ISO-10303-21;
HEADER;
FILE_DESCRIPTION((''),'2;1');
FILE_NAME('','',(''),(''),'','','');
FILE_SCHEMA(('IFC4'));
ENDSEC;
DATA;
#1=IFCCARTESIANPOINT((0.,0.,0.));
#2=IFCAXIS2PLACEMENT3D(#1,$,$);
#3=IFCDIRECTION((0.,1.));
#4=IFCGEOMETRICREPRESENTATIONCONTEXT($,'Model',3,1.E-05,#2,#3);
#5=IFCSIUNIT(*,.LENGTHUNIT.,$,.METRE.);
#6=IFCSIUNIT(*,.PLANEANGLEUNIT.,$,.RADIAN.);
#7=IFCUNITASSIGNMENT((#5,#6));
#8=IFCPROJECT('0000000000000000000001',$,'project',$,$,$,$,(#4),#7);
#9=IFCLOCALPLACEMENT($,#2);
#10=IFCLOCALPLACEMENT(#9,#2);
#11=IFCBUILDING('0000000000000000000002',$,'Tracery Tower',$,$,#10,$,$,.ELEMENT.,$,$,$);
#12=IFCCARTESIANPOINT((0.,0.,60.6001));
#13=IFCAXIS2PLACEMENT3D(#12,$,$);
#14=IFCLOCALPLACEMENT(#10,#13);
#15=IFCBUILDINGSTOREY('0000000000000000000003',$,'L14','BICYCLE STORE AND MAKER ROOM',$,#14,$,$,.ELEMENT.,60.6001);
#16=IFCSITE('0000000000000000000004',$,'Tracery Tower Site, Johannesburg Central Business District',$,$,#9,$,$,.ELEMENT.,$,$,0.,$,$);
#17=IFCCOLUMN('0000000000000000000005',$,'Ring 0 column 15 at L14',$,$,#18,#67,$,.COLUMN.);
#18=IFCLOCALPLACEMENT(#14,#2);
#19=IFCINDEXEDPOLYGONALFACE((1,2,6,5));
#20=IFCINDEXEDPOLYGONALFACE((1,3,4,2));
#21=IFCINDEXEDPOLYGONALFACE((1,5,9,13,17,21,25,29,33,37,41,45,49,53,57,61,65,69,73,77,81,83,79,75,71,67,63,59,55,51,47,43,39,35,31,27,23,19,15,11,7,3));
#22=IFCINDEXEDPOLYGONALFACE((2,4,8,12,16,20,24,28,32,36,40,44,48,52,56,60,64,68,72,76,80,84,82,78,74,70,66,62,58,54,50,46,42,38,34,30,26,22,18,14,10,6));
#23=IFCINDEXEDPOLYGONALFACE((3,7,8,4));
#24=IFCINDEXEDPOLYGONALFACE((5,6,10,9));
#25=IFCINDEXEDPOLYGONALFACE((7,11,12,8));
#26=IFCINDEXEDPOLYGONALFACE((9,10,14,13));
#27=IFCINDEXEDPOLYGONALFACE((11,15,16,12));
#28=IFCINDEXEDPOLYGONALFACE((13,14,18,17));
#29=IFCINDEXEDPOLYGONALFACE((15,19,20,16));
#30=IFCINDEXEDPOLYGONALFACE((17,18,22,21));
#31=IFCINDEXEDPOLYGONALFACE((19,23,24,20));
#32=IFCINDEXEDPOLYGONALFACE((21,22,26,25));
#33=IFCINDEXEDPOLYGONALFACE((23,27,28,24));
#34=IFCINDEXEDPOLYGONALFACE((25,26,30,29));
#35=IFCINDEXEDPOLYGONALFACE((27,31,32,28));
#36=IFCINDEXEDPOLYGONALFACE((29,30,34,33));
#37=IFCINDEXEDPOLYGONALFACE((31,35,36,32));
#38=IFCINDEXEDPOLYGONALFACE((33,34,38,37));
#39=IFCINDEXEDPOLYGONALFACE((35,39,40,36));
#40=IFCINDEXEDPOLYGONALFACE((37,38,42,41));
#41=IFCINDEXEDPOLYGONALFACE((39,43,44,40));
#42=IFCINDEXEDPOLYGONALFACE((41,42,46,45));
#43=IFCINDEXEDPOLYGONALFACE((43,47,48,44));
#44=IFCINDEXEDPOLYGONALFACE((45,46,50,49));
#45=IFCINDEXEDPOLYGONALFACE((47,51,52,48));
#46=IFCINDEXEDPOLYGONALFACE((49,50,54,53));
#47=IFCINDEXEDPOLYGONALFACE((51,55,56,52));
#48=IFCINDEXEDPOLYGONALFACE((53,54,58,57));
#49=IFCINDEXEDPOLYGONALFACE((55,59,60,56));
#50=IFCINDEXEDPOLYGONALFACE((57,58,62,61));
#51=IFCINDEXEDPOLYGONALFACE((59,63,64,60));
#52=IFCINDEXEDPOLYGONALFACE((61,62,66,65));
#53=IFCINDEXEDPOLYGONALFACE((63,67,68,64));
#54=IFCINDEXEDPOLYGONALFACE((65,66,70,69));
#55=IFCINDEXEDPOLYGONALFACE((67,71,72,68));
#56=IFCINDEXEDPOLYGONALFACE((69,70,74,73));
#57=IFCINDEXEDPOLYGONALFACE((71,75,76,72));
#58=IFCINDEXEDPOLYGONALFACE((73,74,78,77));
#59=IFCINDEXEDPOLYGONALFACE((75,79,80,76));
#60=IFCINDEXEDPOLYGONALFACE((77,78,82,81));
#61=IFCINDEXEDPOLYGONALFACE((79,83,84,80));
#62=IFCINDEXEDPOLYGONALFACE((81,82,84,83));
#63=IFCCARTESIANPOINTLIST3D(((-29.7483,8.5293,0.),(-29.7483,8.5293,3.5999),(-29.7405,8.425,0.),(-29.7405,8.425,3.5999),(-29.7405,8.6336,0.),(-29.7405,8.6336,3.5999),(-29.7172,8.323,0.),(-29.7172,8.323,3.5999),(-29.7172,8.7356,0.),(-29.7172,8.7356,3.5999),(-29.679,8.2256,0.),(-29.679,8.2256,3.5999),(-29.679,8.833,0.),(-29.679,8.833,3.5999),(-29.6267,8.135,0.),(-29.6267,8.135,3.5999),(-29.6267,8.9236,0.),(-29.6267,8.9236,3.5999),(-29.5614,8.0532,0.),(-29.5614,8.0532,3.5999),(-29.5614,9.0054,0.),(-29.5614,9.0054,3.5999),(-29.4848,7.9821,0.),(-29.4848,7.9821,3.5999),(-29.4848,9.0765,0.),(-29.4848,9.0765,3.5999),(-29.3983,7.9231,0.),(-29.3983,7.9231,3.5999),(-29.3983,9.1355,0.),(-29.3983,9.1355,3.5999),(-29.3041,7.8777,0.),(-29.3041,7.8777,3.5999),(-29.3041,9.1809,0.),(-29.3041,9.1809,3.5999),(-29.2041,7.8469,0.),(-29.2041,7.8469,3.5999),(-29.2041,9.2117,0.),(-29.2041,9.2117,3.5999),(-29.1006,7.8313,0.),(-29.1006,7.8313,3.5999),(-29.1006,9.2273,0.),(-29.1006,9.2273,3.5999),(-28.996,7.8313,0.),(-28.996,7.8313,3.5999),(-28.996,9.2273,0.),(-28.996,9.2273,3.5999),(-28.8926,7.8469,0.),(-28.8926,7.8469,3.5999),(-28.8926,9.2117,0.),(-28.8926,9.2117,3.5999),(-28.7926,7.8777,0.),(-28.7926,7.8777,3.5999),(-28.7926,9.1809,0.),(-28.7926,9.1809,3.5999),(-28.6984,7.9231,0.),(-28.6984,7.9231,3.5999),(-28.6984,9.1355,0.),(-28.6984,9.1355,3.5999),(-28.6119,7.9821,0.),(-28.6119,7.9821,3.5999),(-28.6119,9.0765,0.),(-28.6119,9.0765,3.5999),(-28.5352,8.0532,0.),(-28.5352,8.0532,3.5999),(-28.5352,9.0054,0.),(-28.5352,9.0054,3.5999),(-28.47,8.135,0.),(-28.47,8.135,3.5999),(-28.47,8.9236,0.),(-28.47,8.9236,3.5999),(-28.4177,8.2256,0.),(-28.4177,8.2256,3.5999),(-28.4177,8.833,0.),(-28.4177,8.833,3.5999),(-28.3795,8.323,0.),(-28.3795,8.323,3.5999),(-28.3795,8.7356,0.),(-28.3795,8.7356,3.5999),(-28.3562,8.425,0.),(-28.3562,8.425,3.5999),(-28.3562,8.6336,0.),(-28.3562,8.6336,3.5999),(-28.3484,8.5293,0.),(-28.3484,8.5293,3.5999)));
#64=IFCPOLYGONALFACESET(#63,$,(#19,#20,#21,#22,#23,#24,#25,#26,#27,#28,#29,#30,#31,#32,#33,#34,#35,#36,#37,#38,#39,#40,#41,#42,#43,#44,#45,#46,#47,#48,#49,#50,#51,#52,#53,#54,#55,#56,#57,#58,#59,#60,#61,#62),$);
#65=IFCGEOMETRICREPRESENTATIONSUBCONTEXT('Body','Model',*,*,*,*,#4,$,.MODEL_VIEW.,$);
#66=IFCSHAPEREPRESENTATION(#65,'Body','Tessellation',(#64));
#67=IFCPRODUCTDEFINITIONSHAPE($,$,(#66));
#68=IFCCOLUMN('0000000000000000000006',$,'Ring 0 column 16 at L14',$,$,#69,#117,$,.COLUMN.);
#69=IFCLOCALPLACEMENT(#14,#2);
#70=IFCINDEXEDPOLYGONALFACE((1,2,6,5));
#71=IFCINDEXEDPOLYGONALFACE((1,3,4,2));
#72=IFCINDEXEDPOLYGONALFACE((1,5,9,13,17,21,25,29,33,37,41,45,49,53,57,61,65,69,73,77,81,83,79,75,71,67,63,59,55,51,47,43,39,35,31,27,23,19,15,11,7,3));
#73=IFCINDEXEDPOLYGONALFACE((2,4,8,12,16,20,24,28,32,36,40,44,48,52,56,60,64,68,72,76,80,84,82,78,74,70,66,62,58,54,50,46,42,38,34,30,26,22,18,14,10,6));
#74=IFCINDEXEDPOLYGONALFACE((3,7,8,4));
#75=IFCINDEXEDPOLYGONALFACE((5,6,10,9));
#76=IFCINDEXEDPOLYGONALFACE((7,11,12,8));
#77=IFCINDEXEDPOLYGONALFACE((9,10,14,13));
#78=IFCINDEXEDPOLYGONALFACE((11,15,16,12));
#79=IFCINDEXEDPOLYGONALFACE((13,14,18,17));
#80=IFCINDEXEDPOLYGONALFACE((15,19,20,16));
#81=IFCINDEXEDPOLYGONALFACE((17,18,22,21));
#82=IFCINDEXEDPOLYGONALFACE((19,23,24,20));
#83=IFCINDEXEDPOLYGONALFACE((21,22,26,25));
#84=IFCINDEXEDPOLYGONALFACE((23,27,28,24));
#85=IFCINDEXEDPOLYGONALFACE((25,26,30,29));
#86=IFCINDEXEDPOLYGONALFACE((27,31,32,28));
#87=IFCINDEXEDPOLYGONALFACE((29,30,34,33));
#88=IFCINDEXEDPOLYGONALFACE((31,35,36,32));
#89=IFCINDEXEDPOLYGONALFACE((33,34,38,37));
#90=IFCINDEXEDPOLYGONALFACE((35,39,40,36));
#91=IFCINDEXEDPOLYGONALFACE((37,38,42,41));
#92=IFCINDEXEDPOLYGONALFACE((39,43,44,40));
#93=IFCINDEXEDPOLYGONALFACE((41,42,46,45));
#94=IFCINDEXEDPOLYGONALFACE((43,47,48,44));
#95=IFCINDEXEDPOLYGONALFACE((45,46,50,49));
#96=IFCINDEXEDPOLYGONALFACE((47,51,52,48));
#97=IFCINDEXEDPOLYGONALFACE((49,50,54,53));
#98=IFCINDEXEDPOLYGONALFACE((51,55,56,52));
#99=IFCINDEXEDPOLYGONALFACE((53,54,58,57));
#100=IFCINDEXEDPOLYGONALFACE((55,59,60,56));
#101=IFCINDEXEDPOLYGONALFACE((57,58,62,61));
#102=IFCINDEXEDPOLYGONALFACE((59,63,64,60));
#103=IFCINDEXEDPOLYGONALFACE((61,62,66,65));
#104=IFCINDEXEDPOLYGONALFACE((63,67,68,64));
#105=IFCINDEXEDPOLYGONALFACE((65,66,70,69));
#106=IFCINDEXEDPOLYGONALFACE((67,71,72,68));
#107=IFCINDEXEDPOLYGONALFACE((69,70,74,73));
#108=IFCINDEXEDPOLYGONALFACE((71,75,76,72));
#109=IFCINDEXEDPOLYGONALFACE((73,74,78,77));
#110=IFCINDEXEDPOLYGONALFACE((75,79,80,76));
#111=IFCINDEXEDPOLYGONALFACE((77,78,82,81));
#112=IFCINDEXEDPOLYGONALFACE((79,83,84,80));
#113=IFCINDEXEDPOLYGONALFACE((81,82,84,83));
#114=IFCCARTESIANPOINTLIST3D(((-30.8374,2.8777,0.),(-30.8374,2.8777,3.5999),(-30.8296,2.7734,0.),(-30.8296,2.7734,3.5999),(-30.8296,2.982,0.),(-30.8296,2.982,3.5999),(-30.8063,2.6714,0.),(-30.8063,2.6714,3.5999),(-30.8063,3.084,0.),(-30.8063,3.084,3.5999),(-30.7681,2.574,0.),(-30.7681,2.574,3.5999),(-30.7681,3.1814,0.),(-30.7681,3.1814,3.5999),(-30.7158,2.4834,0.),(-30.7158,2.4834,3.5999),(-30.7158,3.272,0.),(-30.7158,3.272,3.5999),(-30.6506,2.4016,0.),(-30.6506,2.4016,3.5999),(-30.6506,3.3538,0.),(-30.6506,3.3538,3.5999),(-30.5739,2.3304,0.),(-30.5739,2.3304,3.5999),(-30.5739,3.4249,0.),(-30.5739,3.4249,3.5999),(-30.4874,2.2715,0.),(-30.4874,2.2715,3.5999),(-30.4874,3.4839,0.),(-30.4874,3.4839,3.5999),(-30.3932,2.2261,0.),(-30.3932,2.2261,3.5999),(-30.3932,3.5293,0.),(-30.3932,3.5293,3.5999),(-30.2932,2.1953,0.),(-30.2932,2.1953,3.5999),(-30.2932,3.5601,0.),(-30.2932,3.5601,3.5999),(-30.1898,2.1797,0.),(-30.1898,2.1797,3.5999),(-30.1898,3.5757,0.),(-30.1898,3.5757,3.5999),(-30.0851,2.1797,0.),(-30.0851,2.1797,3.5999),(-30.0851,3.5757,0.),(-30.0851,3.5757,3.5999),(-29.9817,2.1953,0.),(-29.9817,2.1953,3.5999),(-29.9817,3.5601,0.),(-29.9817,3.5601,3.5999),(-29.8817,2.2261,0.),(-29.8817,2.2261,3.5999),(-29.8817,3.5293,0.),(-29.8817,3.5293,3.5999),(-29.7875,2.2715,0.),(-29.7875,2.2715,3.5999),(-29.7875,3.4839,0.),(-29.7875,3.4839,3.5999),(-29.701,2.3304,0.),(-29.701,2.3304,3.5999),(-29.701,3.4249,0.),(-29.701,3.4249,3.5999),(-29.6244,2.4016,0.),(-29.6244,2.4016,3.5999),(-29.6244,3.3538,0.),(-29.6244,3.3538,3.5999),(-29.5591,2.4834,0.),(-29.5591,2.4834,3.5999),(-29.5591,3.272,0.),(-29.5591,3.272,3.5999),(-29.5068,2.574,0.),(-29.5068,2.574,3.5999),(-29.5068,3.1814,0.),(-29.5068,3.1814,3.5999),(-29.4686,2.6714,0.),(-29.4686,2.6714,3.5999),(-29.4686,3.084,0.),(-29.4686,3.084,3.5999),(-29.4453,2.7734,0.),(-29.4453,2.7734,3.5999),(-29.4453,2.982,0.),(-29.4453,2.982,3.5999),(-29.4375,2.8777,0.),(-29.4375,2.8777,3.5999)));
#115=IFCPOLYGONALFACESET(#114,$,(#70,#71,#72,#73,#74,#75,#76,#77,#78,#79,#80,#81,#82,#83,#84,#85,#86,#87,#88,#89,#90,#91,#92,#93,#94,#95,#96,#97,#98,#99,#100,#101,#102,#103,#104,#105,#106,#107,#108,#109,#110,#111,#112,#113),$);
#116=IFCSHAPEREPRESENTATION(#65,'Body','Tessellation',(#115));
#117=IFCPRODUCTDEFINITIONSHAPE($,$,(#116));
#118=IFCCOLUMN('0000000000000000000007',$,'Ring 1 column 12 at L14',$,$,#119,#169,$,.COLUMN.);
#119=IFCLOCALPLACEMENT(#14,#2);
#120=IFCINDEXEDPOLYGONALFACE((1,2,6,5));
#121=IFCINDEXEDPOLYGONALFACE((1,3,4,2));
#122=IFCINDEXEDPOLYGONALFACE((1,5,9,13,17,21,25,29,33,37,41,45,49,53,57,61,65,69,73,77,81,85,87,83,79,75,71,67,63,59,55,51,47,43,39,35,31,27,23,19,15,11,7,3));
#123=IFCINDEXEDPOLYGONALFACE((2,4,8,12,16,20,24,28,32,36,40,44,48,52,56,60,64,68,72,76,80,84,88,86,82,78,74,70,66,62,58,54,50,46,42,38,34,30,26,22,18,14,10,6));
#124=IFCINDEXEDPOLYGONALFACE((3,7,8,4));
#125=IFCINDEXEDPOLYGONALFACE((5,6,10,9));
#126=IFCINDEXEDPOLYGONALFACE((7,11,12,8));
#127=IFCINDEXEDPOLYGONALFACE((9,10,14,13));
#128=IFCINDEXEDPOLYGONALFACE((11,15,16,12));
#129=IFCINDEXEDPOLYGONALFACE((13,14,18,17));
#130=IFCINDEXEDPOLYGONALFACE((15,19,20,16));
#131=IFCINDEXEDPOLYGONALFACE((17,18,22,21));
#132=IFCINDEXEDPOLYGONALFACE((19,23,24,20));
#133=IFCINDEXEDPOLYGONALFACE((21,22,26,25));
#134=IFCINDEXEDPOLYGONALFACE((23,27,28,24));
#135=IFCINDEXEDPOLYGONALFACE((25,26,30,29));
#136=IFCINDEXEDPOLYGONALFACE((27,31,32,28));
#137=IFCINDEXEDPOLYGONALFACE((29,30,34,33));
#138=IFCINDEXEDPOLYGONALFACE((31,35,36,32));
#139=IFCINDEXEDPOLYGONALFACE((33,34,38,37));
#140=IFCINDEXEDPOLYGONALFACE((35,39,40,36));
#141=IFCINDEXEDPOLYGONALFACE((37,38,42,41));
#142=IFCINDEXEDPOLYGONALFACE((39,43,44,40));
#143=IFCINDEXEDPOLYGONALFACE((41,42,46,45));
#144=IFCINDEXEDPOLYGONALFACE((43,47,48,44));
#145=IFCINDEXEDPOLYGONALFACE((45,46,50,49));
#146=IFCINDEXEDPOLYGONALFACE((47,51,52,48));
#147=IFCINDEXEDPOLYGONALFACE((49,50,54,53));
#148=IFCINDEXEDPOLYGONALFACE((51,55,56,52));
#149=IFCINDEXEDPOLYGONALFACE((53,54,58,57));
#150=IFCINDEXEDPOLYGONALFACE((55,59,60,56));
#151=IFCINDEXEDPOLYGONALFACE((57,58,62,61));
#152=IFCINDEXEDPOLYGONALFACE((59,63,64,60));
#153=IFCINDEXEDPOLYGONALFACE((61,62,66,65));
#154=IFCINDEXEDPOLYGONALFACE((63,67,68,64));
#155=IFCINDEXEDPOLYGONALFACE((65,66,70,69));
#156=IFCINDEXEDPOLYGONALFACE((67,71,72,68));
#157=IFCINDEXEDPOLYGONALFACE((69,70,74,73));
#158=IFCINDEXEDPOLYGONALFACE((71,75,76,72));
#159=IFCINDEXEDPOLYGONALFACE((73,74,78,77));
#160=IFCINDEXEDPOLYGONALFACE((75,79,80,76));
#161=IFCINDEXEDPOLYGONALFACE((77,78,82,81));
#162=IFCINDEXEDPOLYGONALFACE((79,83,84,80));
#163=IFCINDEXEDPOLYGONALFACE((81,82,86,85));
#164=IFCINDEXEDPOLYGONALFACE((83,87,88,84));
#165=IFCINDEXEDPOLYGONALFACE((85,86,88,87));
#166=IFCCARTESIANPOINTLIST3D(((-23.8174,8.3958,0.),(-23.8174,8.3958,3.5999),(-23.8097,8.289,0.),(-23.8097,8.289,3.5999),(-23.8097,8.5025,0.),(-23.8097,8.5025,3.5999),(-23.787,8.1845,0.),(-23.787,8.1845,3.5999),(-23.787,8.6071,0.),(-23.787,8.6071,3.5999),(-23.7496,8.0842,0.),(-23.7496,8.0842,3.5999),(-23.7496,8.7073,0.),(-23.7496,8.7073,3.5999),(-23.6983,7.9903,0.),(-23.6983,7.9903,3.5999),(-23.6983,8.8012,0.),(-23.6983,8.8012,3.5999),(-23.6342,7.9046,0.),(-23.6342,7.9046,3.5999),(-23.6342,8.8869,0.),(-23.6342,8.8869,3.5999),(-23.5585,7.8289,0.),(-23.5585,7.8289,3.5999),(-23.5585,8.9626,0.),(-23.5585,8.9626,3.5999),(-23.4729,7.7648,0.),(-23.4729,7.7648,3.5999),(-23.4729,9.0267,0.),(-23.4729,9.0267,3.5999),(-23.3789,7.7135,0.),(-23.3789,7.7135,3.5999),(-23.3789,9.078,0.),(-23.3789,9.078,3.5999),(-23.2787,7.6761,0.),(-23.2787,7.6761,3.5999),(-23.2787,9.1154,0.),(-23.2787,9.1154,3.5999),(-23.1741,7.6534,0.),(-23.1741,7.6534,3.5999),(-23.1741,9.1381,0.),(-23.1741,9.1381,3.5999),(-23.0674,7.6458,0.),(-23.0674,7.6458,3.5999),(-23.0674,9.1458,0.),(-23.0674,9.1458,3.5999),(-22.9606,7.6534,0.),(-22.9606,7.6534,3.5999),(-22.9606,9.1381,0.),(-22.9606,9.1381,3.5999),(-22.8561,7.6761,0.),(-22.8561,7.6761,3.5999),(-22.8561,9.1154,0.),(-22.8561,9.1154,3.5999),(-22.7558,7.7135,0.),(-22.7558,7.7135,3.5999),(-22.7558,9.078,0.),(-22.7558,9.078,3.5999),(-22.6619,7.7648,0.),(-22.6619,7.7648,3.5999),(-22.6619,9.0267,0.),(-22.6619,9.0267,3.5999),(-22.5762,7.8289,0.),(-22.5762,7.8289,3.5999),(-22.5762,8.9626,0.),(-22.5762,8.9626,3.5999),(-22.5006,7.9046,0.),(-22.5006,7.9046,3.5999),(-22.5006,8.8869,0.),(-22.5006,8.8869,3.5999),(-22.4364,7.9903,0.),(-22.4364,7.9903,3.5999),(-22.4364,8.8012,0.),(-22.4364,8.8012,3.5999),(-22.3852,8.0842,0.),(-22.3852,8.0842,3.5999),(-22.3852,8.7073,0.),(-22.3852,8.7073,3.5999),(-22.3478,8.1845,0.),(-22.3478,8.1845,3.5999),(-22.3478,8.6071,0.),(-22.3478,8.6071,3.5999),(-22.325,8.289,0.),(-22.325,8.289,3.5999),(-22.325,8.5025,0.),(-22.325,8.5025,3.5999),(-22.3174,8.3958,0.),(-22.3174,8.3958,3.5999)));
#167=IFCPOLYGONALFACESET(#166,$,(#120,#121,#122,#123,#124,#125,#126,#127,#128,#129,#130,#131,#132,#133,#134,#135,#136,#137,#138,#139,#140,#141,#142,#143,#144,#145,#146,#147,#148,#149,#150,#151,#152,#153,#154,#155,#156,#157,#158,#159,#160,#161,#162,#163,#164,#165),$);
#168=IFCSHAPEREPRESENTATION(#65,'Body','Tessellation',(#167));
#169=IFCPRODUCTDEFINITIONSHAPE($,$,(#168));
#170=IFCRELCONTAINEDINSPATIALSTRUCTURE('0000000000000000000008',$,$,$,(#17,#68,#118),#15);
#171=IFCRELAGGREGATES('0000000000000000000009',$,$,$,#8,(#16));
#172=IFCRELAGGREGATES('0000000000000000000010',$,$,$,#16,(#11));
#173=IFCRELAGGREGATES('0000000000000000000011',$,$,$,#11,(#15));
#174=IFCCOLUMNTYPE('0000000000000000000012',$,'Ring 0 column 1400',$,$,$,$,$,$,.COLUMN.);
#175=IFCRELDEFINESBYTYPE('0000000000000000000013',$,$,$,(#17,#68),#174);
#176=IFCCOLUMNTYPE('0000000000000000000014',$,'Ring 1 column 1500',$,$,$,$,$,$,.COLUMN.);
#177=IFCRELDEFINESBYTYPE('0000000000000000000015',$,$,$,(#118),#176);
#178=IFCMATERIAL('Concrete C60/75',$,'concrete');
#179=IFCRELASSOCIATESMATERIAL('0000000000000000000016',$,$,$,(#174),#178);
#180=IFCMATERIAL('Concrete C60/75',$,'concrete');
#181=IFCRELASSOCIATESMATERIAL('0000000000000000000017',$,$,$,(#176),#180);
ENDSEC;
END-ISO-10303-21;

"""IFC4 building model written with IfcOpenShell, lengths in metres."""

from ifc_helpers import new_model, si_unit, direction, frame, origin, origin_2d, place, context, subcontext, project, spatial, circle, extrude, material, material_profile, profile_set, type_object, element, save


model = new_model("IFC4")

# Units and contexts
model_context = context("Model", 3, precision=1e-05, world=origin(), true_north=direction((0.0, 1.0)))
body_context = subcontext(model_context, "Body", "Model", "MODEL_VIEW")
ifc_project = project(units=[si_unit("LENGTHUNIT", "METRE"), si_unit("PLANEANGLEUNIT", "RADIAN")], contexts=[model_context])

# Site, building, storey
site_placement = place(None, origin())
site = spatial("IfcSite", under=ifc_project, at=site_placement, Name="Tracery Tower Site, Johannesburg Central Business District", CompositionType="ELEMENT", RefElevation=0.0)
building_placement = place(site_placement, origin())
building = spatial("IfcBuilding", under=site, at=building_placement, Name="Tracery Tower", CompositionType="ELEMENT")
storey_placement = place(building_placement, frame((0.0, 0.0, 60.6001)))
storey = spatial("IfcBuildingStorey", under=building, at=storey_placement, Name="L14", Description="BICYCLE STORE AND MAKER ROOM", CompositionType="ELEMENT", Elevation=60.6001)

# Columns
ifc_material_1 = material(Name="Concrete C60/75", Category="concrete")
ifc_material_profile_1 = material_profile(ifc_material_1, circle(Radius=0.7, at=origin_2d()), Name="RC D1400")
ifc_profile_set_1 = profile_set([ifc_material_profile_1], Name="Concrete C60/75")
column_type_1 = type_object("IfcColumnType", Name="Ring 0 column 1400", PredefinedType="COLUMN", material=ifc_profile_set_1)
for number, where, z_axis, x_axis, name in (
    (1, (-29.0483, 8.5293, 0.0), (0.0, 0.0, 1.0), (1.0, 0.0, 0.0), "Ring 0 column 15 at L14"),
    (2, (-30.1375, 2.8777, 0.0), (0.0, 0.0, 1.0), (1.0, 0.0, 0.0), "Ring 0 column 16 at L14"),
):
    element("IfcColumn", number, at=place(storey_placement, frame(where, z_axis=z_axis, x_axis=x_axis)), inside=storey, type_object=column_type_1, Name=name, PredefinedType="COLUMN", context=body_context, shape_type="SweptSolid", body=[
        extrude(circle(Radius=0.7, at=origin_2d()), origin(), (0.0, 0.0, 1.0), 3.5999),
    ])
ifc_material_2 = material(Name="Concrete C60/75", Category="concrete")
ifc_material_profile_2 = material_profile(ifc_material_2, circle(Radius=0.75, at=origin_2d()), Name="RC D1500")
ifc_profile_set_2 = profile_set([ifc_material_profile_2], Name="Concrete C60/75")
column_type_2 = type_object("IfcColumnType", Name="Ring 1 column 1500", PredefinedType="COLUMN", material=ifc_profile_set_2)
for number, where, z_axis, x_axis, name in (
    (3, (-23.0674, 8.3958, 0.0), (0.0, 0.0, 1.0), (1.0, 0.0, 0.0), "Ring 1 column 12 at L14"),
):
    element("IfcColumn", number, at=place(storey_placement, frame(where, z_axis=z_axis, x_axis=x_axis)), inside=storey, type_object=column_type_2, Name=name, PredefinedType="COLUMN", context=body_context, shape_type="SweptSolid", body=[
        extrude(circle(Radius=0.75, at=origin_2d()), origin(), (0.0, 0.0, 1.0), 3.5999),
    ])

save(model, "model.ifc")
